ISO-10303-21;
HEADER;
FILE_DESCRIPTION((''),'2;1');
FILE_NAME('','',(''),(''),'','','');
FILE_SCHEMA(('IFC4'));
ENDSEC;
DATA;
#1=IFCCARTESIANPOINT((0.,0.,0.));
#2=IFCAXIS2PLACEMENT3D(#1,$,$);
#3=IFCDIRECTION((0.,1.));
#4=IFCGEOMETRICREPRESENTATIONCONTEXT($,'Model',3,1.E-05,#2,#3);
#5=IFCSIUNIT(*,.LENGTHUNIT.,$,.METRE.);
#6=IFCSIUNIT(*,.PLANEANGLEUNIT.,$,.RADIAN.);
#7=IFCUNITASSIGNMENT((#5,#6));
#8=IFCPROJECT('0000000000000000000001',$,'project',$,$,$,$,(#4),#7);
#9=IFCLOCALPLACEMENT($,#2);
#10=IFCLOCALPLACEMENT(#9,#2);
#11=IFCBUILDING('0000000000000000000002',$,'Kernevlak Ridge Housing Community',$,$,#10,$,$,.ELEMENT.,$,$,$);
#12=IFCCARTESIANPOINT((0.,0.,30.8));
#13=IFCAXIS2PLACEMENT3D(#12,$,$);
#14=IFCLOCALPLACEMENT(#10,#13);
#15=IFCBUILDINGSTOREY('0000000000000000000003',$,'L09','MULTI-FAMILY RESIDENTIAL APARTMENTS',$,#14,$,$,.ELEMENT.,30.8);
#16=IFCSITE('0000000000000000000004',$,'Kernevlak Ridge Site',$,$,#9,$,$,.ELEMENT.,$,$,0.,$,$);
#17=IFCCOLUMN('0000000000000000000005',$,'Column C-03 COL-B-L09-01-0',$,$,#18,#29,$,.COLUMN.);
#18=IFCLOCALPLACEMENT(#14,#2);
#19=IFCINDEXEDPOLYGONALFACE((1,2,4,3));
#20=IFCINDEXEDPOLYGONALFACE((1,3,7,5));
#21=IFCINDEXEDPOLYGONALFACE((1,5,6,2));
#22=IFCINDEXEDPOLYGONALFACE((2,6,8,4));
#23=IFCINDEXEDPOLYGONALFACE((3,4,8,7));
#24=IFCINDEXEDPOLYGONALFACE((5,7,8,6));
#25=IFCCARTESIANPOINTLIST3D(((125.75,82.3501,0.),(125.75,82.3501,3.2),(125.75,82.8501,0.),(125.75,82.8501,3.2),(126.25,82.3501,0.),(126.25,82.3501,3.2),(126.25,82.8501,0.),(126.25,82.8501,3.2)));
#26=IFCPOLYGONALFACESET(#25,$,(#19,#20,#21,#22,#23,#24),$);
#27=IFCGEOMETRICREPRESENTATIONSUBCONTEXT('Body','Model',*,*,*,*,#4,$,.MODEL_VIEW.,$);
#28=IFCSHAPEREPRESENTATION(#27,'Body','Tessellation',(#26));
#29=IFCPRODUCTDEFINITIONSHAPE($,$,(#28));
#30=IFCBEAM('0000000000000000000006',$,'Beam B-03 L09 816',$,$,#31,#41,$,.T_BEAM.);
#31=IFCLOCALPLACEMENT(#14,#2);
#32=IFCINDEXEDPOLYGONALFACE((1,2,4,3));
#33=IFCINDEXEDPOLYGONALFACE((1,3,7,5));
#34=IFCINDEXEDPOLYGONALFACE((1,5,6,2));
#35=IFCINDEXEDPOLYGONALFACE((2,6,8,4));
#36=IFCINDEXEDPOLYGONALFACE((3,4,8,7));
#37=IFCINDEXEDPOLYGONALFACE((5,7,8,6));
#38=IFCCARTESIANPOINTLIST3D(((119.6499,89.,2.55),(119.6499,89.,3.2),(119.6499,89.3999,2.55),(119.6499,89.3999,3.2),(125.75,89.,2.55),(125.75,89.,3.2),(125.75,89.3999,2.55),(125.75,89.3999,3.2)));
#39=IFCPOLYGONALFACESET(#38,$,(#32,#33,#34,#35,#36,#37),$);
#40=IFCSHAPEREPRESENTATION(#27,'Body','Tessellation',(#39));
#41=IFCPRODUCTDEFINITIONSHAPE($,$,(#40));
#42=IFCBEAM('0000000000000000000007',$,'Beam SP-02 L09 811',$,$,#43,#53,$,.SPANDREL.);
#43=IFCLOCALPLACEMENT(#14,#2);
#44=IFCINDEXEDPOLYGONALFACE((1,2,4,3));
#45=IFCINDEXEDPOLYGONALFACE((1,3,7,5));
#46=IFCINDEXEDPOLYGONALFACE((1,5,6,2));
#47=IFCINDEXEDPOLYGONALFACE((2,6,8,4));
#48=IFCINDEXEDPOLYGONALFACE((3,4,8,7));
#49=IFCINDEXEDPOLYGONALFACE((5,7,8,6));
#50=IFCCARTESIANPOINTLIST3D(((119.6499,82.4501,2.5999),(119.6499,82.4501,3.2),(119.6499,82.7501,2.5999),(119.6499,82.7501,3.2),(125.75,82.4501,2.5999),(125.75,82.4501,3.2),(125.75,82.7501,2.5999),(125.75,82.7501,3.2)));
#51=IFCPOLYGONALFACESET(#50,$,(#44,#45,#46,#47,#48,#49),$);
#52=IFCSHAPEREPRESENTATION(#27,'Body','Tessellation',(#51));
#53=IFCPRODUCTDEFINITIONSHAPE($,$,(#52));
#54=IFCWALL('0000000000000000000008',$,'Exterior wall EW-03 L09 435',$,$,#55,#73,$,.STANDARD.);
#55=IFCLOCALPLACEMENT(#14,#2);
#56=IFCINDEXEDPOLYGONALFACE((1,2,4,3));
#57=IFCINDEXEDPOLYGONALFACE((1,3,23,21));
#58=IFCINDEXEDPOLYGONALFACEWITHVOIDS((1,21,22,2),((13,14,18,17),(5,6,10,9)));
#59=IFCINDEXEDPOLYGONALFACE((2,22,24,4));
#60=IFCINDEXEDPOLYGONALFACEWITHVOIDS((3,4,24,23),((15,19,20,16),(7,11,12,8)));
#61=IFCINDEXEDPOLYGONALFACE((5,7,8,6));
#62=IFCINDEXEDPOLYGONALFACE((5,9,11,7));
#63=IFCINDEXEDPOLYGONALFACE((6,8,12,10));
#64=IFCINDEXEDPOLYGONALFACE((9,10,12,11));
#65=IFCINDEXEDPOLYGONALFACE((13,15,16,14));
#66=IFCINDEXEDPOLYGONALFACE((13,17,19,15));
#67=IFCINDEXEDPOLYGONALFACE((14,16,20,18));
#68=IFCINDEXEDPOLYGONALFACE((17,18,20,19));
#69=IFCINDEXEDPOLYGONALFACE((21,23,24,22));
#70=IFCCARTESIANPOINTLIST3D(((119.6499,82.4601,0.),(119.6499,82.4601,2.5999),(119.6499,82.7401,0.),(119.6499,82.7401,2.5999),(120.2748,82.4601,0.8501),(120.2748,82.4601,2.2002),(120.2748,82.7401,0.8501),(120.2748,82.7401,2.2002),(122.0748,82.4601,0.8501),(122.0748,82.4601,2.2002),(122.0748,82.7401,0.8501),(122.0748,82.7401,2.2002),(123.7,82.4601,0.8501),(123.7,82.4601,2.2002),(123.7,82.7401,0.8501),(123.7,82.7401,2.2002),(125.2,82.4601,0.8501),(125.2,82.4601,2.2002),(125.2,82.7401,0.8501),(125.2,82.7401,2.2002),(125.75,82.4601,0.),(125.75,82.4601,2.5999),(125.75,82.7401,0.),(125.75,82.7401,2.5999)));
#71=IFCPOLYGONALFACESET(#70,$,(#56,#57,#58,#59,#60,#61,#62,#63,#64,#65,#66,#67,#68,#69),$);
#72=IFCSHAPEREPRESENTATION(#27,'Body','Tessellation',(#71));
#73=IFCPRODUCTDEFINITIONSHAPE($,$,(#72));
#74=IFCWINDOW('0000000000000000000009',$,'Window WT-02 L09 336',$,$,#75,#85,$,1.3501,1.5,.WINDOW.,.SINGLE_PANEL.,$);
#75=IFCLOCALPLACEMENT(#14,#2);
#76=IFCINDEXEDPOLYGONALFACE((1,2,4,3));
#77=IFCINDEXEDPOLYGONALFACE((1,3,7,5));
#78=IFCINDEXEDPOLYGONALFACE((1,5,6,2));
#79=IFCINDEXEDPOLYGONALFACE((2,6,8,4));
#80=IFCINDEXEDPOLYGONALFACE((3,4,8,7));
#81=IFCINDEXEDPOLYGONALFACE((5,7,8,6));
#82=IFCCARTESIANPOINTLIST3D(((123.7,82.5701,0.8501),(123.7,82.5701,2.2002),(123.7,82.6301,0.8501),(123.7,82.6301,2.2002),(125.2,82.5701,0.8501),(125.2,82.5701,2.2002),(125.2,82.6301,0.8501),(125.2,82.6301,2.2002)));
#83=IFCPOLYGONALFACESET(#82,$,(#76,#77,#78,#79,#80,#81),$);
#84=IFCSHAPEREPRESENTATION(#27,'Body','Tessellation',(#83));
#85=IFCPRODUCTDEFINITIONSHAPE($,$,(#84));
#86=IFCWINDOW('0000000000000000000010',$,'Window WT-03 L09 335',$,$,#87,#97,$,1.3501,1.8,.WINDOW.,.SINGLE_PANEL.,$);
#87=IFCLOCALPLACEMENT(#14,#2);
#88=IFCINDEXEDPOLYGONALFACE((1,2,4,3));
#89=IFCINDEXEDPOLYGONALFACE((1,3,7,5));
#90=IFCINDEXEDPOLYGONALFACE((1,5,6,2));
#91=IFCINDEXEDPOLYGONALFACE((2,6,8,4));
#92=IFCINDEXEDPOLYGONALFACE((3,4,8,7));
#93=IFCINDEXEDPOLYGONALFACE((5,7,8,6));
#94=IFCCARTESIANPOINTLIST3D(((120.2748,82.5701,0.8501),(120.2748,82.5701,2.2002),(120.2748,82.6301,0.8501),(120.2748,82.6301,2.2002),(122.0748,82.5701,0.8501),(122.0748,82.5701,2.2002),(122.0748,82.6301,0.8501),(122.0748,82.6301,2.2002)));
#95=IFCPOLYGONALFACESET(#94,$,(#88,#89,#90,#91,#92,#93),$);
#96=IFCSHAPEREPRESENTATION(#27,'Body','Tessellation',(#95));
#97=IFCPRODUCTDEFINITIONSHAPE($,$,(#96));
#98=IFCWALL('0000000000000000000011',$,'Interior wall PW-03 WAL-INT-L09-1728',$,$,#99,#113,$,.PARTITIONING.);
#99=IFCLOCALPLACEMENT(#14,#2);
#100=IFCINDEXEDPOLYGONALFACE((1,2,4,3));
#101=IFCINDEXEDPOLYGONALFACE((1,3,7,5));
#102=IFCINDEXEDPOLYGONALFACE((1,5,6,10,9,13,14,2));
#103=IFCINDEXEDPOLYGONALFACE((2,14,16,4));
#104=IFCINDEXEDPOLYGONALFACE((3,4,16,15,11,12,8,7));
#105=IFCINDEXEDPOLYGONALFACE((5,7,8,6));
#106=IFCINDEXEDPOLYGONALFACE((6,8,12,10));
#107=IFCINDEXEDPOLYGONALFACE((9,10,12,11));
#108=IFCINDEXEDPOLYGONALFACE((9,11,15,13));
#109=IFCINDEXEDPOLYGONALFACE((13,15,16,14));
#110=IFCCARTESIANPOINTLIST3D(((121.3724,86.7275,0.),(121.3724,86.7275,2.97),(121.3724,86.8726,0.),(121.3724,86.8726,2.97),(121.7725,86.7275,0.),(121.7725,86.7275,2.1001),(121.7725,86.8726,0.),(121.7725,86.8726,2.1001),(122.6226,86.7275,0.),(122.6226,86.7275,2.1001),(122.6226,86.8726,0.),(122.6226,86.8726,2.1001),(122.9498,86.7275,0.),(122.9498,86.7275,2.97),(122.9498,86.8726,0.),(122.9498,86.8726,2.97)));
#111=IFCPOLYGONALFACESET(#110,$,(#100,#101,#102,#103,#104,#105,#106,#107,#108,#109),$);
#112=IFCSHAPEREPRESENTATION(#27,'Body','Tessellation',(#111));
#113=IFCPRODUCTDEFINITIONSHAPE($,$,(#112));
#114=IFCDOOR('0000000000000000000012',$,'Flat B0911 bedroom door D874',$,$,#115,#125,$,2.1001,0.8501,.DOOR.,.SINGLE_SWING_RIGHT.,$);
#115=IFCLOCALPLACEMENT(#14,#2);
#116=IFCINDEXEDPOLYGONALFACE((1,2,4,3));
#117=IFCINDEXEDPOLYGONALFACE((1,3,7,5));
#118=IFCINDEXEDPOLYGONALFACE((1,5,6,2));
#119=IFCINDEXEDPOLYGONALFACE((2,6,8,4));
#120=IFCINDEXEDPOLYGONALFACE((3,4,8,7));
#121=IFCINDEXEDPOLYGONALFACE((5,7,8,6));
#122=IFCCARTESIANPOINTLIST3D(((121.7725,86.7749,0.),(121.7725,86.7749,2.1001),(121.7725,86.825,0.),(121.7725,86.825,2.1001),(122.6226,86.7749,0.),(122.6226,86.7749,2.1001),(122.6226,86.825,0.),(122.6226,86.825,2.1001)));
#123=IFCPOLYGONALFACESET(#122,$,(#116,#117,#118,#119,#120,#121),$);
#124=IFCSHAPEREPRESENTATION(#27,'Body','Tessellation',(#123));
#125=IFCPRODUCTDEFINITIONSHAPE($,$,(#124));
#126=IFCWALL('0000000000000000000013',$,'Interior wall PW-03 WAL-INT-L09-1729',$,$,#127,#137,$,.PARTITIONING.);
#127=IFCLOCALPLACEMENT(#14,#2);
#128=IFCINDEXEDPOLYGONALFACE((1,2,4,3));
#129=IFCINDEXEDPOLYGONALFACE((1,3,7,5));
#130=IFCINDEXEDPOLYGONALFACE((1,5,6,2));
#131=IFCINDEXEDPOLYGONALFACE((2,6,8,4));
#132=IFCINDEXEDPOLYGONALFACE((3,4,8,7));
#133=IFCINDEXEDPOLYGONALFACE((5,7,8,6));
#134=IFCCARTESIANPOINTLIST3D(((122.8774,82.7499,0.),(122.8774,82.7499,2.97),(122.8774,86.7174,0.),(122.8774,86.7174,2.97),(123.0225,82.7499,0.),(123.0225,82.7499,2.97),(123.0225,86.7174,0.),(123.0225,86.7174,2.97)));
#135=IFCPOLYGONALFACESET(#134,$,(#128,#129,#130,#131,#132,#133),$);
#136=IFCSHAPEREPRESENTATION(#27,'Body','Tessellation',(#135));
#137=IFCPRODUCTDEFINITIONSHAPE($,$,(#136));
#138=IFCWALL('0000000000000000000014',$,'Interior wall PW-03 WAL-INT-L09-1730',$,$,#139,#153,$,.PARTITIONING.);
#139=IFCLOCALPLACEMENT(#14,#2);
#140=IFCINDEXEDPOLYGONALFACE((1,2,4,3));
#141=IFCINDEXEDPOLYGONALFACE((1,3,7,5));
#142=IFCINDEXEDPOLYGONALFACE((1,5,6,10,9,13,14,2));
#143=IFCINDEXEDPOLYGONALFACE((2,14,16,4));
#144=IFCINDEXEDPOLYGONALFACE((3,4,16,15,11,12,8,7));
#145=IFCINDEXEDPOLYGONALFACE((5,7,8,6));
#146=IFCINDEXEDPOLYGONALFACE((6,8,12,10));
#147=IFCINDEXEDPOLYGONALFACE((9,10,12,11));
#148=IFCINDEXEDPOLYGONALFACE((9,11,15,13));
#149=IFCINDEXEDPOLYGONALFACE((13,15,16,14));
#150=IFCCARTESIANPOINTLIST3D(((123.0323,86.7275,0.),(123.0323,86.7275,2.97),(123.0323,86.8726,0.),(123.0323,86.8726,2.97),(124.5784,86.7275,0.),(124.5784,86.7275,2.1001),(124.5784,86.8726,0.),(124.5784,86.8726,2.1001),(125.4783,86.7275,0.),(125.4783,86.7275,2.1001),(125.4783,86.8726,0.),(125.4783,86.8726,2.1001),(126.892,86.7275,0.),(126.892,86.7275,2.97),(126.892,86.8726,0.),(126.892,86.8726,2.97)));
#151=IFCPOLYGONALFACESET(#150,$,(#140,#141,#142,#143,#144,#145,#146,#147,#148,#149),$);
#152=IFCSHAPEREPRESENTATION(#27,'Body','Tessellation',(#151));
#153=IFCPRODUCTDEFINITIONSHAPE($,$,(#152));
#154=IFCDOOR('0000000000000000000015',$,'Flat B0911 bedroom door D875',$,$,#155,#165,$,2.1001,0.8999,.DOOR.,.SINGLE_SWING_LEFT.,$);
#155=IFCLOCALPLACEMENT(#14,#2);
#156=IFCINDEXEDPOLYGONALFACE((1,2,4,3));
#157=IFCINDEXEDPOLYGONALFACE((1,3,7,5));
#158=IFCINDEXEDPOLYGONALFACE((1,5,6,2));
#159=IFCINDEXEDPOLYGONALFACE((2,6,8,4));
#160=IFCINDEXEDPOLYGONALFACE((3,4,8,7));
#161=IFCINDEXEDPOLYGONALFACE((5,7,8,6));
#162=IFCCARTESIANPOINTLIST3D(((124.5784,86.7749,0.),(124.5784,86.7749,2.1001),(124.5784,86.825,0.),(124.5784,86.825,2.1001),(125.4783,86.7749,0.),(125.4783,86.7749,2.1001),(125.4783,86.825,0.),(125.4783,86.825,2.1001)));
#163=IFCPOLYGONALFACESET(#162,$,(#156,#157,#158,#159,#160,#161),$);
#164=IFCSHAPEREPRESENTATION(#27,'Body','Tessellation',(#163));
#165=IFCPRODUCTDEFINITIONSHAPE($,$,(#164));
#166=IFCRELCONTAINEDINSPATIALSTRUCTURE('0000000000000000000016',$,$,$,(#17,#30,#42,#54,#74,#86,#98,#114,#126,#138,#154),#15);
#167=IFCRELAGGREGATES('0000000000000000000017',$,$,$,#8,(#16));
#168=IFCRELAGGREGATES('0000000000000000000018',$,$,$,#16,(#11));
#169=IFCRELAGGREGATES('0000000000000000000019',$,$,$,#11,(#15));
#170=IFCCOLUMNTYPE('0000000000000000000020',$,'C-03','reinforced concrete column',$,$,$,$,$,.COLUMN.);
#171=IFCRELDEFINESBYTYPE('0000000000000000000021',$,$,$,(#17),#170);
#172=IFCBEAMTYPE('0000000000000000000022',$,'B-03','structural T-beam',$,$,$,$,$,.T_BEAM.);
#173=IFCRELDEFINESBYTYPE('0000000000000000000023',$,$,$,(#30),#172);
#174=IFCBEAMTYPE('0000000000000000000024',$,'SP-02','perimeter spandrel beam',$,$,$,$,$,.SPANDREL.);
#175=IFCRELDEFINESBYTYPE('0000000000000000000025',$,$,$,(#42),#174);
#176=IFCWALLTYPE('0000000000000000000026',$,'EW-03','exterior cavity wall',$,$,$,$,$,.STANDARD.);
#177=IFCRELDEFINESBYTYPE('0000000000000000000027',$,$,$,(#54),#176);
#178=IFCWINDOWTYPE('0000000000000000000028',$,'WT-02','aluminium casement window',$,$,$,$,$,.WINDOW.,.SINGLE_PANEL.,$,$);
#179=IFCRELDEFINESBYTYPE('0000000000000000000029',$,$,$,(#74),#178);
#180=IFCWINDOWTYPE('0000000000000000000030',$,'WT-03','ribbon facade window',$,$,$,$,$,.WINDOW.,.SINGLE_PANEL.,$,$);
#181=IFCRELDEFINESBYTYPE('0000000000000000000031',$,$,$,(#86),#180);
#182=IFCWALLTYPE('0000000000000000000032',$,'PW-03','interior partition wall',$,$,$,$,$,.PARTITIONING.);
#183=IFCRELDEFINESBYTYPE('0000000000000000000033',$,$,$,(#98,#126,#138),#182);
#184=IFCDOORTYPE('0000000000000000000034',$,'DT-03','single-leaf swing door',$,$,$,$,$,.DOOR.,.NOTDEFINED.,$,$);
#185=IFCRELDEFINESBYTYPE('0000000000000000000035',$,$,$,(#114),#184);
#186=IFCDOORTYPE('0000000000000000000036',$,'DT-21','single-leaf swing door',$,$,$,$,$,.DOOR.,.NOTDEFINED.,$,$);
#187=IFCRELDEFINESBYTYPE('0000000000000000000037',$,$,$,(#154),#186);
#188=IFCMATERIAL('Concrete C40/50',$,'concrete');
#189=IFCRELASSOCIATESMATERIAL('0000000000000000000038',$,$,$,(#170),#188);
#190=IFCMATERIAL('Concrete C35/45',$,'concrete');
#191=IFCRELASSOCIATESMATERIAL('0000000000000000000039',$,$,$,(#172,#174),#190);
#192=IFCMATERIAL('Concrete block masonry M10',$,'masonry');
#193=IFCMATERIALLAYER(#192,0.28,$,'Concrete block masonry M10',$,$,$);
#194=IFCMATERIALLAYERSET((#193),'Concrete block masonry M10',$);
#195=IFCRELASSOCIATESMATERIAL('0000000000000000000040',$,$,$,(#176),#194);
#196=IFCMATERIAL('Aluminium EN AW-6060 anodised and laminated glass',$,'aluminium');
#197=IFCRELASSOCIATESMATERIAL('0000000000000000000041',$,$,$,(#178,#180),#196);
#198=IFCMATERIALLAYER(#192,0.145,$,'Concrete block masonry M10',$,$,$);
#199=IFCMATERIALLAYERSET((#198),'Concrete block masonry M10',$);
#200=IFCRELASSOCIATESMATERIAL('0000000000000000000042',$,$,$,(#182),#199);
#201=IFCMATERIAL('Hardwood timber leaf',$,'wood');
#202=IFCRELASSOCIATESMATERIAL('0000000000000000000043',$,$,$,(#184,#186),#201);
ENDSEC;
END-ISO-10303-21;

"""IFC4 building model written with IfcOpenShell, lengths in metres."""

from ifc_helpers import new_model, si_unit, direction, frame, frame_2d, origin, origin_2d, place, context, subcontext, project, spatial, rectangle, extrude, material, layer, layer_set, material_profile, profile_set, type_object, element, fill, save


model = new_model("IFC4")

# Units and contexts
model_context = context("Model", 3, precision=1e-05, world=origin(), true_north=direction((0.0, 1.0)))
body_context = subcontext(model_context, "Body", "Model", "MODEL_VIEW")
ifc_project = project(units=[si_unit("LENGTHUNIT", "METRE"), si_unit("PLANEANGLEUNIT", "RADIAN")], contexts=[model_context])

# Site, building, storey
site_placement = place(None, origin())
site = spatial("IfcSite", under=ifc_project, at=site_placement, Name="Kernevlak Ridge Site", CompositionType="ELEMENT", RefElevation=0.0)
building_placement = place(site_placement, origin())
building = spatial("IfcBuilding", under=site, at=building_placement, Name="Kernevlak Ridge Housing Community", CompositionType="ELEMENT")
storey_placement = place(building_placement, frame((0.0, 0.0, 30.8)))
storey = spatial("IfcBuildingStorey", under=building, at=storey_placement, Name="L09", Description="MULTI-FAMILY RESIDENTIAL APARTMENTS", CompositionType="ELEMENT", Elevation=30.8)

# Column
ifc_material_1 = material(Name="Concrete C40/50", Category="concrete")
ifc_material_profile_1 = material_profile(ifc_material_1, rectangle(XDim=0.5, YDim=0.5, at=origin_2d()), Name="RC 500x500")
ifc_profile_set_1 = profile_set([ifc_material_profile_1], Name="Concrete C40/50")
column_type = type_object("IfcColumnType", Name="C-03", Description="reinforced concrete column", PredefinedType="COLUMN", material=ifc_profile_set_1)
column_placement = place(storey_placement, frame((126.0, 82.6001, 0.0), z_axis=(0.0, 0.0, 1.0), x_axis=(1.0, 0.0, 0.0)))
element("IfcColumn", 1, at=column_placement, inside=storey, type_object=column_type, Name="Column C-03 COL-B-L09-01-0", PredefinedType="COLUMN", context=body_context, shape_type="SweptSolid", body=[
    extrude(rectangle(XDim=0.5, YDim=0.5, at=origin_2d()), origin(), (0.0, 0.0, 1.0), 3.2),
])

# Beams
ifc_material_2 = material(Name="Concrete C35/45", Category="concrete")
ifc_material_profile_2 = material_profile(ifc_material_2, rectangle(XDim=0.3999, YDim=0.6499, at=origin_2d()), Name="RC 400x650")
ifc_profile_set_2 = profile_set([ifc_material_profile_2], Name="Concrete C35/45")
beam_type_1 = type_object("IfcBeamType", Name="B-03", Description="structural T-beam", PredefinedType="T_BEAM", material=ifc_profile_set_2)
beam_1_placement = place(storey_placement, frame((119.6499, 89.2, 2.875), z_axis=(1.0, 0.0, 0.0), x_axis=(0.0, 1.0, 0.0)))
element("IfcBeam", 2, at=beam_1_placement, inside=storey, type_object=beam_type_1, Name="Beam B-03 L09 816", PredefinedType="T_BEAM", context=body_context, shape_type="SweptSolid", body=[
    extrude(rectangle(XDim=0.3999, YDim=0.6499, at=origin_2d()), origin(), (0.0, 0.0, 1.0), 6.1001),
])
ifc_material_profile_3 = material_profile(ifc_material_2, rectangle(XDim=0.3, YDim=0.6001, at=origin_2d()), Name="RC 300x600")
ifc_profile_set_3 = profile_set([ifc_material_profile_3], Name="Concrete C35/45")
beam_type_2 = type_object("IfcBeamType", Name="SP-02", Description="perimeter spandrel beam", PredefinedType="SPANDREL", material=ifc_profile_set_3)
beam_2_placement = place(storey_placement, frame((119.6499, 82.6001, 2.8999), z_axis=(1.0, 0.0, 0.0), x_axis=(0.0, 1.0, 0.0)))
element("IfcBeam", 3, at=beam_2_placement, inside=storey, type_object=beam_type_2, Name="Beam SP-02 L09 811", PredefinedType="SPANDREL", context=body_context, shape_type="SweptSolid", body=[
    extrude(rectangle(XDim=0.3, YDim=0.6001, at=origin_2d()), origin(), (0.0, 0.0, 1.0), 6.1001),
])

# Wall, openings, windows
ifc_material_3 = material(Name="Concrete block masonry M10", Category="masonry")
ifc_layer_1 = layer(ifc_material_3, 0.28, Name="Concrete block masonry M10")
ifc_layer_set_1 = layer_set([ifc_layer_1], Name="Concrete block masonry M10")
wall_type_1 = type_object("IfcWallType", Name="EW-03", Description="exterior cavity wall", PredefinedType="STANDARD", material=ifc_layer_set_1)
wall_1_placement = place(storey_placement, frame((119.6499, 82.6001, 0.0), z_axis=(0.0, 0.0, 1.0), x_axis=(1.0, 0.0, 0.0)))
wall_1 = element("IfcWall", 4, at=wall_1_placement, inside=storey, type_object=wall_type_1, Name="Exterior wall EW-03 L09 435", PredefinedType="STANDARD", context=body_context, shape_type="SweptSolid", body=[
    extrude(rectangle(XDim=6.1001, YDim=0.28, at=frame_2d((3.05, 0.0))), origin(), (0.0, 0.0, 1.0), 2.5999),
])
opening_1_placement = place(wall_1_placement, frame((0.625, 0.0, 0.8501)))
opening_1 = element("IfcOpeningElement", 5, at=opening_1_placement, cuts=wall_1, PredefinedType="OPENING", context=body_context, shape_type="SweptSolid", body=[
    extrude(rectangle(XDim=1.8, YDim=1.3501, at=frame_2d((0.8999, 0.675))), frame((0.0, 0.1499, 0.0), z_axis=(0.0, -1.0, 0.0), x_axis=(1.0, 0.0, 0.0)), (0.0, 0.0, 1.0), 0.3),
])
opening_2_placement = place(wall_1_placement, frame((4.05, 0.0, 0.8501)))
opening_2 = element("IfcOpeningElement", 6, at=opening_2_placement, cuts=wall_1, PredefinedType="OPENING", context=body_context, shape_type="SweptSolid", body=[
    extrude(rectangle(XDim=1.5, YDim=1.3501, at=frame_2d((0.75, 0.675))), frame((0.0, 0.1499, 0.0), z_axis=(0.0, -1.0, 0.0), x_axis=(1.0, 0.0, 0.0)), (0.0, 0.0, 1.0), 0.3),
])
ifc_material_4 = material(Name="Aluminium EN AW-6060 anodised and laminated glass", Category="aluminium")
window_type_1 = type_object("IfcWindowType", Name="WT-02", Description="aluminium casement window", PartitioningType="SINGLE_PANEL", PredefinedType="WINDOW", material=ifc_material_4)
window_1_placement = place(opening_2_placement, origin())
window_1 = element("IfcWindow", 7, at=window_1_placement, inside=storey, type_object=window_type_1, Name="Window WT-02 L09 336", OverallHeight=1.3501, OverallWidth=1.5, PartitioningType="SINGLE_PANEL", PredefinedType="WINDOW", context=body_context, shape_type="SweptSolid", body=[
    extrude(rectangle(XDim=1.5, YDim=1.3501, at=frame_2d((0.75, 0.675))), frame((0.0, 0.03, 0.0), z_axis=(0.0, -1.0, 0.0), x_axis=(1.0, 0.0, 0.0)), (0.0, 0.0, 1.0), 0.0601),
])
fill(opening_2, window_1)
window_type_2 = type_object("IfcWindowType", Name="WT-03", Description="ribbon facade window", PartitioningType="SINGLE_PANEL", PredefinedType="WINDOW", material=ifc_material_4)
window_2_placement = place(opening_1_placement, origin())
window_2 = element("IfcWindow", 8, at=window_2_placement, inside=storey, type_object=window_type_2, Name="Window WT-03 L09 335", OverallHeight=1.3501, OverallWidth=1.8, PartitioningType="SINGLE_PANEL", PredefinedType="WINDOW", context=body_context, shape_type="SweptSolid", body=[
    extrude(rectangle(XDim=1.8, YDim=1.3501, at=frame_2d((0.8999, 0.675))), frame((0.0, 0.03, 0.0), z_axis=(0.0, -1.0, 0.0), x_axis=(1.0, 0.0, 0.0)), (0.0, 0.0, 1.0), 0.0601),
])
fill(opening_1, window_2)

# Wall, opening, door
ifc_layer_2 = layer(ifc_material_3, 0.145, Name="Concrete block masonry M10")
ifc_layer_set_2 = layer_set([ifc_layer_2], Name="Concrete block masonry M10")
wall_type_2 = type_object("IfcWallType", Name="PW-03", Description="interior partition wall", PredefinedType="PARTITIONING", material=ifc_layer_set_2)
wall_2_placement = place(storey_placement, frame((121.3726, 86.8, 0.0), z_axis=(0.0, 0.0, 1.0), x_axis=(1.0, 0.0, 0.0)))
wall_2 = element("IfcWall", 9, at=wall_2_placement, inside=storey, type_object=wall_type_2, Name="Interior wall PW-03 WAL-INT-L09-1728", PredefinedType="PARTITIONING", context=body_context, shape_type="SweptSolid", body=[
    extrude(rectangle(XDim=1.5774, YDim=0.145, at=frame_2d((0.7886, 0.0))), origin(), (0.0, 0.0, 1.0), 2.97),
])
opening_3_placement = place(wall_2_placement, frame((0.3999, 0.0, 0.0)))
opening_3 = element("IfcOpeningElement", 10, at=opening_3_placement, cuts=wall_2, PredefinedType="OPENING", context=body_context, shape_type="SweptSolid", body=[
    extrude(rectangle(XDim=0.8501, YDim=2.1001, at=frame_2d((0.425, 1.05))), frame((0.0, 0.0825, 0.0), z_axis=(0.0, -1.0, 0.0), x_axis=(1.0, 0.0, 0.0)), (0.0, 0.0, 1.0), 0.165),
])
ifc_material_5 = material(Name="Hardwood timber leaf", Category="wood")
door_type_1 = type_object("IfcDoorType", Name="DT-03", Description="single-leaf swing door", OperationType="NOTDEFINED", PredefinedType="DOOR", material=ifc_material_5)
door_1_placement = place(opening_3_placement, origin())
door_1 = element("IfcDoor", 11, at=door_1_placement, inside=storey, type_object=door_type_1, Name="Flat B0911 bedroom door D874", OperationType="SINGLE_SWING_RIGHT", OverallHeight=2.1001, OverallWidth=0.8501, PredefinedType="DOOR", context=body_context, shape_type="SweptSolid", body=[
    extrude(rectangle(XDim=0.8501, YDim=2.1001, at=frame_2d((0.425, 1.05))), frame((0.0, 0.0249, 0.0), z_axis=(0.0, -1.0, 0.0), x_axis=(1.0, 0.0, 0.0)), (0.0, 0.0, 1.0), 0.05),
])
fill(opening_3, door_1)

# Wall
wall_3_placement = place(storey_placement, frame((122.95, 86.7175, 0.0), z_axis=(0.0, 0.0, 1.0), x_axis=(0.0, -1.0, 0.0)))
element("IfcWall", 12, at=wall_3_placement, inside=storey, type_object=wall_type_2, Name="Interior wall PW-03 WAL-INT-L09-1729", PredefinedType="PARTITIONING", context=body_context, shape_type="SweptSolid", body=[
    extrude(rectangle(XDim=3.9675, YDim=0.145, at=frame_2d((1.9839, 0.0))), origin(), (0.0, 0.0, 1.0), 2.97),
])

# Wall, opening, door
wall_4_placement = place(storey_placement, frame((123.0325, 86.8, 0.0), z_axis=(0.0, 0.0, 1.0), x_axis=(1.0, 0.0, 0.0)))
wall_4 = element("IfcWall", 13, at=wall_4_placement, inside=storey, type_object=wall_type_2, Name="Interior wall PW-03 WAL-INT-L09-1730", PredefinedType="PARTITIONING", context=body_context, shape_type="SweptSolid", body=[
    extrude(rectangle(XDim=3.8596, YDim=0.145, at=frame_2d((1.9297, 0.0))), origin(), (0.0, 0.0, 1.0), 2.97),
])
opening_4_placement = place(wall_4_placement, frame((1.5459, 0.0, 0.0)))
opening_4 = element("IfcOpeningElement", 14, at=opening_4_placement, cuts=wall_4, PredefinedType="OPENING", context=body_context, shape_type="SweptSolid", body=[
    extrude(rectangle(XDim=0.8999, YDim=2.1001, at=frame_2d((0.45, 1.05))), frame((0.0, 0.0825, 0.0), z_axis=(0.0, -1.0, 0.0), x_axis=(1.0, 0.0, 0.0)), (0.0, 0.0, 1.0), 0.165),
])
door_type_2 = type_object("IfcDoorType", Name="DT-21", Description="single-leaf swing door", OperationType="NOTDEFINED", PredefinedType="DOOR", material=ifc_material_5)
door_2_placement = place(opening_4_placement, origin())
door_2 = element("IfcDoor", 15, at=door_2_placement, inside=storey, type_object=door_type_2, Name="Flat B0911 bedroom door D875", OperationType="SINGLE_SWING_LEFT", OverallHeight=2.1001, OverallWidth=0.8999, PredefinedType="DOOR", context=body_context, shape_type="SweptSolid", body=[
    extrude(rectangle(XDim=0.8999, YDim=2.1001, at=frame_2d((0.45, 1.05))), frame((0.0, 0.0249, 0.0), z_axis=(0.0, -1.0, 0.0), x_axis=(1.0, 0.0, 0.0)), (0.0, 0.0, 1.0), 0.05),
])
fill(opening_4, door_2)

save(model, "model.ifc")
